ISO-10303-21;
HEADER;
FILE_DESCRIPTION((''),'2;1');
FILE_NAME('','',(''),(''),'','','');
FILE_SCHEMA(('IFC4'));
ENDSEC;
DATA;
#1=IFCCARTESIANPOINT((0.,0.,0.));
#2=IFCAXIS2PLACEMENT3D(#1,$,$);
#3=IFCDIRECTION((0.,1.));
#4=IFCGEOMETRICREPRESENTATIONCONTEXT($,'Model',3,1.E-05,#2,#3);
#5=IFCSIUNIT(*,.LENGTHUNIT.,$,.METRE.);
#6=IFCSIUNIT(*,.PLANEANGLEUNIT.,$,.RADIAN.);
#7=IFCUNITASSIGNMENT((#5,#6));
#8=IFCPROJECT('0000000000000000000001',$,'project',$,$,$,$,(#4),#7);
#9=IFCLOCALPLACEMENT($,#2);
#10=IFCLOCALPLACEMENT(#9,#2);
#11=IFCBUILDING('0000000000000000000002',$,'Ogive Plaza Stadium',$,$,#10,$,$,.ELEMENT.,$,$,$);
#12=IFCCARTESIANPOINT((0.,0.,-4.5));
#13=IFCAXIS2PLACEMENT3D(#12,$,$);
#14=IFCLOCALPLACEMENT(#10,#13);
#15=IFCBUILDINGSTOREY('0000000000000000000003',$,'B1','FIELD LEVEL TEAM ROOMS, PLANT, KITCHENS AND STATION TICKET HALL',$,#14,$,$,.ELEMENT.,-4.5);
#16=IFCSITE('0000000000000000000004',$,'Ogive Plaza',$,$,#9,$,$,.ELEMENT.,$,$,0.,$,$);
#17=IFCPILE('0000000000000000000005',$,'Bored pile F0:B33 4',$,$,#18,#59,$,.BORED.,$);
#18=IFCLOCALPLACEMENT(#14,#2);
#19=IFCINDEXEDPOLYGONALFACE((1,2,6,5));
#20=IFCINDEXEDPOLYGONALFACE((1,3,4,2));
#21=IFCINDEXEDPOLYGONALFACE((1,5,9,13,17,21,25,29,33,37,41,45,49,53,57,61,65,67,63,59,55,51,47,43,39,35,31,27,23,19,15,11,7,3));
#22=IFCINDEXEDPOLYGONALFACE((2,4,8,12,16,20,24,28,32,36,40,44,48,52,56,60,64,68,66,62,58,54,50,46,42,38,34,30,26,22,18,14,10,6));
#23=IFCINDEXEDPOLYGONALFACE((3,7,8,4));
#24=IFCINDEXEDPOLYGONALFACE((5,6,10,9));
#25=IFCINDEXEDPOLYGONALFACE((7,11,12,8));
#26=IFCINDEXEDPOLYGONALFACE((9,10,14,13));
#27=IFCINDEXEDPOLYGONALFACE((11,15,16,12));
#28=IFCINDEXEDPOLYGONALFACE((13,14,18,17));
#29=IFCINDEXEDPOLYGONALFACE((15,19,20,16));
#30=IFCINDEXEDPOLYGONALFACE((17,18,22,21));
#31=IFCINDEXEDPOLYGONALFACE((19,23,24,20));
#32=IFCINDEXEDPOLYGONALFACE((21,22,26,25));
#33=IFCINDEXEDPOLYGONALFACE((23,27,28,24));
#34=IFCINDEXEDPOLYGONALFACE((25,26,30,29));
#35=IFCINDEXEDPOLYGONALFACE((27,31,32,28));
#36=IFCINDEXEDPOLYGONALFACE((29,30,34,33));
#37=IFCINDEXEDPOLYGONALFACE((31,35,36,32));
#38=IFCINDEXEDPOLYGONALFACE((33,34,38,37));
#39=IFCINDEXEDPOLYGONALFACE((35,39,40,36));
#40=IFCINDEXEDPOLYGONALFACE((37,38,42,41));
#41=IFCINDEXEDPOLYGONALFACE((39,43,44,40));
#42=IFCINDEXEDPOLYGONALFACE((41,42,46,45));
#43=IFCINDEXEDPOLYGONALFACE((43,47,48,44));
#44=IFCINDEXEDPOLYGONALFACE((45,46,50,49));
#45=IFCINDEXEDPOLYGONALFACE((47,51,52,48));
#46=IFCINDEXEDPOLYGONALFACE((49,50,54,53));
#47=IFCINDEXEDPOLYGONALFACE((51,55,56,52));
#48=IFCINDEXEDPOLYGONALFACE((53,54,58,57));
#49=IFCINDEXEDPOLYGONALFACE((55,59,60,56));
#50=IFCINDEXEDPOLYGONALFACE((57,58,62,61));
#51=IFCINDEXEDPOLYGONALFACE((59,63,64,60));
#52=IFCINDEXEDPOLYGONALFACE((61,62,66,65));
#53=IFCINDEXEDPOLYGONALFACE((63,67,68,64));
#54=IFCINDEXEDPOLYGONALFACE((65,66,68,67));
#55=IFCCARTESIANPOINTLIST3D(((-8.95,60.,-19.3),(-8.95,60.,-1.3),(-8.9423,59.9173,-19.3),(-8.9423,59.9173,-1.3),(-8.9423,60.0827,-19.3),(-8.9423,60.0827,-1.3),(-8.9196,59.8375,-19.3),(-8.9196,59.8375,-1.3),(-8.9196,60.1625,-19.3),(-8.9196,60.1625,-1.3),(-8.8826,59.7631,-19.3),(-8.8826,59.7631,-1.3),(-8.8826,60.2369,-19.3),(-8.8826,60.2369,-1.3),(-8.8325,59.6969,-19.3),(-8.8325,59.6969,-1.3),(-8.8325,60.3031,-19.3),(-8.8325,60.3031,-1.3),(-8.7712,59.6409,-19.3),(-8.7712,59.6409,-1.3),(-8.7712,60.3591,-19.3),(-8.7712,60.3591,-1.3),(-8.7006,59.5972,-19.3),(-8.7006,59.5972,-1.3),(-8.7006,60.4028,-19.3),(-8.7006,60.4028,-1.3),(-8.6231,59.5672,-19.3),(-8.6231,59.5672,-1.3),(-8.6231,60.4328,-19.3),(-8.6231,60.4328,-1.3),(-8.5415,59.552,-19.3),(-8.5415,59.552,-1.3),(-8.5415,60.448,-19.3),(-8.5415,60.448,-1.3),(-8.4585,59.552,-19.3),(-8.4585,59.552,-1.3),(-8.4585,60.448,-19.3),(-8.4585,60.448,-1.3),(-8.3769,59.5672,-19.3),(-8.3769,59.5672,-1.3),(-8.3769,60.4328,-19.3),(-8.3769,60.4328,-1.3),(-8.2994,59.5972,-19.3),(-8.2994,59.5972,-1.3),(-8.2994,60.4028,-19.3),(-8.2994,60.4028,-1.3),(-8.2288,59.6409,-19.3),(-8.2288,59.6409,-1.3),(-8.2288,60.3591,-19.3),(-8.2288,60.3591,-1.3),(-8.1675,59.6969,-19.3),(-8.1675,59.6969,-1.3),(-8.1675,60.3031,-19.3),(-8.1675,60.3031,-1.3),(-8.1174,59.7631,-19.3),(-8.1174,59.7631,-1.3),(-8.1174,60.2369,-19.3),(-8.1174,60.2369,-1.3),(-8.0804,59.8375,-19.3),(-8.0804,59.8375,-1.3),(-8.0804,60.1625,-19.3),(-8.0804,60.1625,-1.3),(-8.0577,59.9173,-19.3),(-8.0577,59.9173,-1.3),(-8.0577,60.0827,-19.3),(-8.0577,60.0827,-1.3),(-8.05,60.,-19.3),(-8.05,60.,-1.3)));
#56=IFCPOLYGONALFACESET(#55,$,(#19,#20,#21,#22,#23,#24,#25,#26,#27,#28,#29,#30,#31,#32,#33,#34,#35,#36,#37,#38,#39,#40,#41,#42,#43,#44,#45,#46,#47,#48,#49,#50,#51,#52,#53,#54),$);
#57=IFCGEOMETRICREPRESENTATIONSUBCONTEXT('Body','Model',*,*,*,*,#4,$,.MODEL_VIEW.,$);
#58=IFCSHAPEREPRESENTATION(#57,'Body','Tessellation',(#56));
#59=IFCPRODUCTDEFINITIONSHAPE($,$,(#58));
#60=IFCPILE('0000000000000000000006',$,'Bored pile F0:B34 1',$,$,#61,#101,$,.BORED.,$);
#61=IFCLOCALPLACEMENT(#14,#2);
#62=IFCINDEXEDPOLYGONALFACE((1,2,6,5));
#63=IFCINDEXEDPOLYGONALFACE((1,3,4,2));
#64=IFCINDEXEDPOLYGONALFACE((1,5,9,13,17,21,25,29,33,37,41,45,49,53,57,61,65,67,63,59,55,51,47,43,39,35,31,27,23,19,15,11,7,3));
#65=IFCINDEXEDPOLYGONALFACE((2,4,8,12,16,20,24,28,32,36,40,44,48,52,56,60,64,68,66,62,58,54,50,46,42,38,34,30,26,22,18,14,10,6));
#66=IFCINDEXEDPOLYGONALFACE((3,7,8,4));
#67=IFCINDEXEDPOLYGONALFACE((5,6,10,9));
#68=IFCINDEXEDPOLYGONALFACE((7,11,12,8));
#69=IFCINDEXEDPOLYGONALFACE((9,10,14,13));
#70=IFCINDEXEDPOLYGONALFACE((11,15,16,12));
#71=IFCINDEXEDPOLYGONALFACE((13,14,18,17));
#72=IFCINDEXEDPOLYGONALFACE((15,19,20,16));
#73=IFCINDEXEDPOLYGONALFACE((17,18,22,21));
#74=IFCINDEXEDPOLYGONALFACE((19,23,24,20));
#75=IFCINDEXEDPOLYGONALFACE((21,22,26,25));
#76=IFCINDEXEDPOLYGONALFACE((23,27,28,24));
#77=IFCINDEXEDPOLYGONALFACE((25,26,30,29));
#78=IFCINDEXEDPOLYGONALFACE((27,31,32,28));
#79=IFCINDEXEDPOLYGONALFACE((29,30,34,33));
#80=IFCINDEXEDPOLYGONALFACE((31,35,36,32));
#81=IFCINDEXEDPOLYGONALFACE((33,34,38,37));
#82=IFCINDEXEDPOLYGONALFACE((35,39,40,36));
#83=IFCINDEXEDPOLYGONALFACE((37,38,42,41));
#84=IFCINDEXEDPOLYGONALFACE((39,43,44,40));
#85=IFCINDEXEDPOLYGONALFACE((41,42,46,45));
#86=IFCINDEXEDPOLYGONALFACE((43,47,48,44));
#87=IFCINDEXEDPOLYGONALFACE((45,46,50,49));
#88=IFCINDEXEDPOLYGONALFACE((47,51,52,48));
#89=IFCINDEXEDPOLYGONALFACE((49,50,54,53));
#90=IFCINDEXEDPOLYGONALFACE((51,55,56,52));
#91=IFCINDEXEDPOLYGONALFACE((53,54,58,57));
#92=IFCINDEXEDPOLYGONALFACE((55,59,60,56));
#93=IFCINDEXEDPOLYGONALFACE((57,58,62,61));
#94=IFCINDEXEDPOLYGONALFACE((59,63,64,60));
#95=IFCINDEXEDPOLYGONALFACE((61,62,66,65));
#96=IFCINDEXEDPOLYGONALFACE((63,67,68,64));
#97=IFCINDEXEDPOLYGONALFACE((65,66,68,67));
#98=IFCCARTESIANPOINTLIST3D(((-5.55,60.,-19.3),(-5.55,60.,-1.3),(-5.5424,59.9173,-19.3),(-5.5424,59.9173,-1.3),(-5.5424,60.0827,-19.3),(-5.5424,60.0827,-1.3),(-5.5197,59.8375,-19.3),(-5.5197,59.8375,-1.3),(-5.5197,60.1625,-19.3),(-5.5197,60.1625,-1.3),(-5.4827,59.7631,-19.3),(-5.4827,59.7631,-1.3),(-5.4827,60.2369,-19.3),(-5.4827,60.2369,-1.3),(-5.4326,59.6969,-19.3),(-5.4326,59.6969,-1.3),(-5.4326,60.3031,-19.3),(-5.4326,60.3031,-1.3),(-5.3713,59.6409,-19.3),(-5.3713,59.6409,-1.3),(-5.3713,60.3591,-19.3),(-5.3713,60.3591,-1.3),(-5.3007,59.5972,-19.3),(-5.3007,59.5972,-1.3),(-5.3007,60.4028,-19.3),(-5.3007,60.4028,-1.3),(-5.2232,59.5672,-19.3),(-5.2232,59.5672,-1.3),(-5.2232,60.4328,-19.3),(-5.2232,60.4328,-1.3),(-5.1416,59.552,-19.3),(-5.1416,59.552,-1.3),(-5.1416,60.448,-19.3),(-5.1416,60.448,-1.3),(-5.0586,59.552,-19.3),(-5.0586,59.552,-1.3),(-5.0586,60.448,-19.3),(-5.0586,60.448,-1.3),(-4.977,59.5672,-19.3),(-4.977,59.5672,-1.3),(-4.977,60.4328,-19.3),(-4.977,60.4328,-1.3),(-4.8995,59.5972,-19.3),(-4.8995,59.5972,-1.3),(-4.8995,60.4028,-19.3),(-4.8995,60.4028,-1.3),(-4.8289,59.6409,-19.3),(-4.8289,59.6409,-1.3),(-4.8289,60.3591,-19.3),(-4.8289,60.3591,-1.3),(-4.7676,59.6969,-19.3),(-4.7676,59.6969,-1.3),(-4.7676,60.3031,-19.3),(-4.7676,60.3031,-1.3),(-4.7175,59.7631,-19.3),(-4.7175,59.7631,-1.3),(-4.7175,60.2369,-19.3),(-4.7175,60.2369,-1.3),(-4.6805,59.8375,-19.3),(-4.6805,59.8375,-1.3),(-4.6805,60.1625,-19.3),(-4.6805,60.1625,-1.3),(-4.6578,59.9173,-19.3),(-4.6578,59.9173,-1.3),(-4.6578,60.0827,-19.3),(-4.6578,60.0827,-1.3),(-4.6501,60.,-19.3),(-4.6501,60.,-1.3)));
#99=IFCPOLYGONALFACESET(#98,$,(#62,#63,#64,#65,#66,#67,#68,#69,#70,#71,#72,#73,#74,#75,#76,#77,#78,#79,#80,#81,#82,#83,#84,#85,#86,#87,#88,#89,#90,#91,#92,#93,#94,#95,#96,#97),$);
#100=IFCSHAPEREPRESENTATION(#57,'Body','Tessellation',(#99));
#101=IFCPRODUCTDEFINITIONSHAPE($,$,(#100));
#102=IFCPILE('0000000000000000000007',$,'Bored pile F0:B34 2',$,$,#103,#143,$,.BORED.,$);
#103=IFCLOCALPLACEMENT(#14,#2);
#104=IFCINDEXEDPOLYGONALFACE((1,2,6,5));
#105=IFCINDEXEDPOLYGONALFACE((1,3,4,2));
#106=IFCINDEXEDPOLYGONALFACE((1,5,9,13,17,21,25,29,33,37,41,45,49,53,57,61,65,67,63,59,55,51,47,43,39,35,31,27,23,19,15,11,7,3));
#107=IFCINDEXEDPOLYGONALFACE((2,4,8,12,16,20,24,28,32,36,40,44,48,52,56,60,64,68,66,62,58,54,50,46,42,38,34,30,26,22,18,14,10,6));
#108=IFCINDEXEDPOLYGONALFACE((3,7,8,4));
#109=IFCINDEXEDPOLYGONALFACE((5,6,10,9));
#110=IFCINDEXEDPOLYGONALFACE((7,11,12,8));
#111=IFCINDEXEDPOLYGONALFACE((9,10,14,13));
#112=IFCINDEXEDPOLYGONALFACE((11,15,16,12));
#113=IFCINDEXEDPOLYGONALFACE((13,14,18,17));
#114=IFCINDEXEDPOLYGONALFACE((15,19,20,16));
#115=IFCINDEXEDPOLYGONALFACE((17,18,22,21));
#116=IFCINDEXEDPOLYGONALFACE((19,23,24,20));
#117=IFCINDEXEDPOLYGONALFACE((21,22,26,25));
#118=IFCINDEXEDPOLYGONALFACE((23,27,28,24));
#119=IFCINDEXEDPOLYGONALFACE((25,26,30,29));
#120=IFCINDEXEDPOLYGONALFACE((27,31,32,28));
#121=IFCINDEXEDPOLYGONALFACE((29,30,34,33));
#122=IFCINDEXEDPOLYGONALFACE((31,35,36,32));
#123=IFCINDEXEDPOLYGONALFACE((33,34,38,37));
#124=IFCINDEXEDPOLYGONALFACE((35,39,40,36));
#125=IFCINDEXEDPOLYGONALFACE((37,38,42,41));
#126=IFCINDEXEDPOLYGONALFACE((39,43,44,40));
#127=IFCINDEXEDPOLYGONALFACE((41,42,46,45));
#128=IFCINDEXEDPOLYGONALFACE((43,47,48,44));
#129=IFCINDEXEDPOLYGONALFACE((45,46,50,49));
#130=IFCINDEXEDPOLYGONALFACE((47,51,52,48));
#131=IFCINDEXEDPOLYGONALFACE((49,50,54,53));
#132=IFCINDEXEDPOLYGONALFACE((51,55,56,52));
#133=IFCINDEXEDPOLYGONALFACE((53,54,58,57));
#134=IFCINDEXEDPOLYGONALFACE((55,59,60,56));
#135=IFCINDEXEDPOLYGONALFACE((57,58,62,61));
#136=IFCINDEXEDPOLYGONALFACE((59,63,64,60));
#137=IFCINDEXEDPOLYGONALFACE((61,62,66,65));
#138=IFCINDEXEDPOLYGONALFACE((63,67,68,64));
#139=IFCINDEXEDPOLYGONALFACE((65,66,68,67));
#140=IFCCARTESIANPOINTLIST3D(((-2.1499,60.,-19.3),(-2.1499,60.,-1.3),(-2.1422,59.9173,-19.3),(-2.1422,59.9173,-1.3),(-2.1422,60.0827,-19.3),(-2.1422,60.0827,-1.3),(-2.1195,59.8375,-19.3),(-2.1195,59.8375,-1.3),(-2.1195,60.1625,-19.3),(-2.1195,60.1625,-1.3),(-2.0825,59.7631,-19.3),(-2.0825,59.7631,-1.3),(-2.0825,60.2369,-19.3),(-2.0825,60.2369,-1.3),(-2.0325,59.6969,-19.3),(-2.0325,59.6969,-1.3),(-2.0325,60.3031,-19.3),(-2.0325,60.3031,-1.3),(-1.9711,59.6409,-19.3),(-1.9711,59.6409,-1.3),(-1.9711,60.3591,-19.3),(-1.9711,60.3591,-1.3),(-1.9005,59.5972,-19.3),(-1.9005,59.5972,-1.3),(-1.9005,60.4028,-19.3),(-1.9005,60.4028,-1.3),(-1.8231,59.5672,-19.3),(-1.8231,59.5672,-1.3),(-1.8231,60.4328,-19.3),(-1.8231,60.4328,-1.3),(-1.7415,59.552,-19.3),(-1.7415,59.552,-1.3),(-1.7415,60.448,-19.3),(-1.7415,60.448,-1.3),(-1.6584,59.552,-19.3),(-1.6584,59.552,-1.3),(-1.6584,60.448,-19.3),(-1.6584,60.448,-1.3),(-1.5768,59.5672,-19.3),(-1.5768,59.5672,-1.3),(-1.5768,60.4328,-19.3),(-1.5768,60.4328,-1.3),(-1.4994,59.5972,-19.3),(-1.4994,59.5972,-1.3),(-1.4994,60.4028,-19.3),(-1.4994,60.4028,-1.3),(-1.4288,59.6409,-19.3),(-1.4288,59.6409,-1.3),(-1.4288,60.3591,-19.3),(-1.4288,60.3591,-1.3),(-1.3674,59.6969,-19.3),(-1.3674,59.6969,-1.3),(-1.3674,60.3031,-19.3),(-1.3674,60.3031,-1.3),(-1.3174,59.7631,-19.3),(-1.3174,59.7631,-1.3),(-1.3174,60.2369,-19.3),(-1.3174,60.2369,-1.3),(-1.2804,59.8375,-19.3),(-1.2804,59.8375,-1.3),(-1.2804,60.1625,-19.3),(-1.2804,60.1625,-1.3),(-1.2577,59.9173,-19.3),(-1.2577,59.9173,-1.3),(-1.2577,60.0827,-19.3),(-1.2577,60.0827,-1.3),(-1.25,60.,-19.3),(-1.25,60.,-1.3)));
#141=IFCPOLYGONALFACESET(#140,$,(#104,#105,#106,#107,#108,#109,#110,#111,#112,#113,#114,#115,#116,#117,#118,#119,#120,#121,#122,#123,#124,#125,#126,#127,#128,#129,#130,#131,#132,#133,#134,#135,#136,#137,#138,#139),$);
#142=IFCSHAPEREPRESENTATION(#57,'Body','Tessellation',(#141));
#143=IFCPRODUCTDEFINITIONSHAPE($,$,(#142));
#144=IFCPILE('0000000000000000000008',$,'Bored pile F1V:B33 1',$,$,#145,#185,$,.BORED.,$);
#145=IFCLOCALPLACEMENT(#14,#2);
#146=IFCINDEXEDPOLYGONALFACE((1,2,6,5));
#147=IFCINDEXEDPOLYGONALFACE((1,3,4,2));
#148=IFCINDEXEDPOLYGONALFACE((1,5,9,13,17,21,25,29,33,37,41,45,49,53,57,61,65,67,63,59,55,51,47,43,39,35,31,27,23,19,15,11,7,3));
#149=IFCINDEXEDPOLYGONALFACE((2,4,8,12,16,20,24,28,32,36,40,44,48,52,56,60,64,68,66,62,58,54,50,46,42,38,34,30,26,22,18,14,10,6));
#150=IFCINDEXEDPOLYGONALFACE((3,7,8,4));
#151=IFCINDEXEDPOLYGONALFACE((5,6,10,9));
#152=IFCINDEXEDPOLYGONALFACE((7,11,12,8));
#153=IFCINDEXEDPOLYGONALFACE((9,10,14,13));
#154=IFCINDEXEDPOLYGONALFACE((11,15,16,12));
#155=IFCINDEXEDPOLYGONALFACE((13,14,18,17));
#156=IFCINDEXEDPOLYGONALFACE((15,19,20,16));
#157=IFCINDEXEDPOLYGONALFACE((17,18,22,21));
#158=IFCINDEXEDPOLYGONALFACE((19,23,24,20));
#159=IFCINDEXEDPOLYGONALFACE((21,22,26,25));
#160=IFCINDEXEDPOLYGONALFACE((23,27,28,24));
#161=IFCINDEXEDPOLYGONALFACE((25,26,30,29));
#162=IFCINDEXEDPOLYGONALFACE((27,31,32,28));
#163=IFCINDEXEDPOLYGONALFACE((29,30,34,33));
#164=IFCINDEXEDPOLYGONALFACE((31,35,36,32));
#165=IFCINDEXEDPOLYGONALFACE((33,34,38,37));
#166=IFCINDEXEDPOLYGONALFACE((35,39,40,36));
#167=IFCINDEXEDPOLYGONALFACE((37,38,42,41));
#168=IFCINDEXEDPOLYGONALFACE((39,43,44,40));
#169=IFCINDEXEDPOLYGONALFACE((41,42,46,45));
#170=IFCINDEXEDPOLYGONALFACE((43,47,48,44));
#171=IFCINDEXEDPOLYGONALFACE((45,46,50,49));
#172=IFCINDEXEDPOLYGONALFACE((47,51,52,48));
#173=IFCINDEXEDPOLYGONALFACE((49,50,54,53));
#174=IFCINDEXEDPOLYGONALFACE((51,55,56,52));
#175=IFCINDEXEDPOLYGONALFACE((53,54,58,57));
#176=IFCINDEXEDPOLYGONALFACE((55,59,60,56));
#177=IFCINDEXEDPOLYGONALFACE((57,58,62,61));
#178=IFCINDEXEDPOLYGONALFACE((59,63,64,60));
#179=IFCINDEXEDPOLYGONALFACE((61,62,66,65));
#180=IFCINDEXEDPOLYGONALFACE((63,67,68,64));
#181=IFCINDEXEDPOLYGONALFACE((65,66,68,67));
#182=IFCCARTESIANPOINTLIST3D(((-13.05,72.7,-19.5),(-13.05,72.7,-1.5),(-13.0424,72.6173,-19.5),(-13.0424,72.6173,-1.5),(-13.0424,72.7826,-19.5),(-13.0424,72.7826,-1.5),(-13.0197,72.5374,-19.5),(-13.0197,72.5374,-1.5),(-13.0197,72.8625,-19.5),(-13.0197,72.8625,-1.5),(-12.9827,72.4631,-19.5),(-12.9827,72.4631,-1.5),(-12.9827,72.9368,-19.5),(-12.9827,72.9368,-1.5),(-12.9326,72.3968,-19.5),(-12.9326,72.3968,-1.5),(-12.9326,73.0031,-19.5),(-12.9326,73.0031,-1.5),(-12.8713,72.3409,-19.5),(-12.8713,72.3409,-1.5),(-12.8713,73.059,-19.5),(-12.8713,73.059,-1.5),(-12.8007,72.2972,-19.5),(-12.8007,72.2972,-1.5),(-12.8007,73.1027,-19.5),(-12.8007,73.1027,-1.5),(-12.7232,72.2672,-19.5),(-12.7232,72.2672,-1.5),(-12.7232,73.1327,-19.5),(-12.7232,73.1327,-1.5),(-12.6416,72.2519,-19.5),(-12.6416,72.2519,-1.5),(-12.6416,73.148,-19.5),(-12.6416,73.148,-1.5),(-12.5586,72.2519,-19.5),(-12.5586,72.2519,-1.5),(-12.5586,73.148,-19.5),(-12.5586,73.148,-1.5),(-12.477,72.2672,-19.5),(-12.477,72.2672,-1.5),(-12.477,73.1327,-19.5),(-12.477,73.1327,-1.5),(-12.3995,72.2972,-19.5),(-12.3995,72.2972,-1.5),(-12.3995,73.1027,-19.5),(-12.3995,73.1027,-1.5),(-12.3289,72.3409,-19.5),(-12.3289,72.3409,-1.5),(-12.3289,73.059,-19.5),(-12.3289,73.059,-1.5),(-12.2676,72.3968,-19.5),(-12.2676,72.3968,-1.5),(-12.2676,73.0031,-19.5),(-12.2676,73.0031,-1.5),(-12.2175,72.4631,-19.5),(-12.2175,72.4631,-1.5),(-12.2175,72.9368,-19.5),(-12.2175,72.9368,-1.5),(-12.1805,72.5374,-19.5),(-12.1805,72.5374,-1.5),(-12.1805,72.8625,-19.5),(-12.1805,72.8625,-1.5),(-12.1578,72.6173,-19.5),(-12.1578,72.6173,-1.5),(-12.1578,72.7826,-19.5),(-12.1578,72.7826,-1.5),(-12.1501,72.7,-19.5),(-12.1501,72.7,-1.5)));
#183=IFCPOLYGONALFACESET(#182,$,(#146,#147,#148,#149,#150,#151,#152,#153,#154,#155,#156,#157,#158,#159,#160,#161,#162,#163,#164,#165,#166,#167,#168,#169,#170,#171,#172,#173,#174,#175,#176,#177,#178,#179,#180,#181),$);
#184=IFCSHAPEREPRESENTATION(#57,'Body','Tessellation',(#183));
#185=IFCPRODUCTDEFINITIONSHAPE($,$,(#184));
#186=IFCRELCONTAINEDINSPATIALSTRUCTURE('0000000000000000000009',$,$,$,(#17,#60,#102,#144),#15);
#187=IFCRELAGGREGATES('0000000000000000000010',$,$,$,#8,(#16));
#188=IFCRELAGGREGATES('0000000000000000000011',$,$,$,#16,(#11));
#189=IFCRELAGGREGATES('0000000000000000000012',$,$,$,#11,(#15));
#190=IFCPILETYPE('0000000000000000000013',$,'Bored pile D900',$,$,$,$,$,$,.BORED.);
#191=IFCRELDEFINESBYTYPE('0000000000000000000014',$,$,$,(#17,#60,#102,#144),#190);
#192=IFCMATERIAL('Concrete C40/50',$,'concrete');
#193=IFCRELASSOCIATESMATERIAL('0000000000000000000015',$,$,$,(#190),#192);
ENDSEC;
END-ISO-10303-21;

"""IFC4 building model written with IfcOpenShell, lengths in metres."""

from ifc_helpers import new_model, si_unit, direction, frame, origin, origin_2d, place, context, subcontext, project, spatial, circle, extrude, material, material_profile, profile_set, type_object, element, save


model = new_model("IFC4")

# Units and contexts
model_context = context("Model", 3, precision=1e-05, world=origin(), true_north=direction((0.0, 1.0)))
body_context = subcontext(model_context, "Body", "Model", "MODEL_VIEW")
ifc_project = project(units=[si_unit("LENGTHUNIT", "METRE"), si_unit("PLANEANGLEUNIT", "RADIAN")], contexts=[model_context])

# Site, building, storey
site_placement = place(None, origin())
site = spatial("IfcSite", under=ifc_project, at=site_placement, Name="Ogive Plaza", CompositionType="ELEMENT", RefElevation=0.0)
building_placement = place(site_placement, origin())
building = spatial("IfcBuilding", under=site, at=building_placement, Name="Ogive Plaza Stadium", CompositionType="ELEMENT")
storey_placement = place(building_placement, frame((0.0, 0.0, -4.5)))
storey = spatial("IfcBuildingStorey", under=building, at=storey_placement, Name="B1", Description="FIELD LEVEL TEAM ROOMS, PLANT, KITCHENS AND STATION TICKET HALL", CompositionType="ELEMENT", Elevation=-4.5)

# Piles
ifc_material_1 = material(Name="Concrete C40/50", Category="concrete")
ifc_material_profile_1 = material_profile(ifc_material_1, circle(Radius=0.45, at=origin_2d()), Name="RC D900")
ifc_profile_set_1 = profile_set([ifc_material_profile_1], Name="Concrete C40/50")
pile_type_1 = type_object("IfcPileType", Name="Bored pile D900", PredefinedType="BORED", material=ifc_profile_set_1)
for number, where, z_axis, x_axis, name in (
    (1, (-8.5, 60.0, -1.3), (0.0, 0.0, -1.0), (1.0, 0.0, 0.0), "Bored pile F0:B33 4"),
    (2, (-5.1001, 60.0, -1.3), (0.0, 0.0, -1.0), (1.0, 0.0, 0.0), "Bored pile F0:B34 1"),
    (3, (-1.7, 60.0, -1.3), (0.0, 0.0, -1.0), (1.0, 0.0, 0.0), "Bored pile F0:B34 2"),
    (4, (-12.6001, 72.7, -1.5), (0.0, 0.0, -1.0), (1.0, 0.0, 0.0), "Bored pile F1V:B33 1"),
):
    element("IfcPile", number, at=place(storey_placement, frame(where, z_axis=z_axis, x_axis=x_axis)), inside=storey, type_object=pile_type_1, Name=name, PredefinedType="BORED", context=body_context, shape_type="SweptSolid", body=[
        extrude(circle(Radius=0.45, at=origin_2d()), origin(), (0.0, 0.0, 1.0), 18.0),
    ])

save(model, "model.ifc")
